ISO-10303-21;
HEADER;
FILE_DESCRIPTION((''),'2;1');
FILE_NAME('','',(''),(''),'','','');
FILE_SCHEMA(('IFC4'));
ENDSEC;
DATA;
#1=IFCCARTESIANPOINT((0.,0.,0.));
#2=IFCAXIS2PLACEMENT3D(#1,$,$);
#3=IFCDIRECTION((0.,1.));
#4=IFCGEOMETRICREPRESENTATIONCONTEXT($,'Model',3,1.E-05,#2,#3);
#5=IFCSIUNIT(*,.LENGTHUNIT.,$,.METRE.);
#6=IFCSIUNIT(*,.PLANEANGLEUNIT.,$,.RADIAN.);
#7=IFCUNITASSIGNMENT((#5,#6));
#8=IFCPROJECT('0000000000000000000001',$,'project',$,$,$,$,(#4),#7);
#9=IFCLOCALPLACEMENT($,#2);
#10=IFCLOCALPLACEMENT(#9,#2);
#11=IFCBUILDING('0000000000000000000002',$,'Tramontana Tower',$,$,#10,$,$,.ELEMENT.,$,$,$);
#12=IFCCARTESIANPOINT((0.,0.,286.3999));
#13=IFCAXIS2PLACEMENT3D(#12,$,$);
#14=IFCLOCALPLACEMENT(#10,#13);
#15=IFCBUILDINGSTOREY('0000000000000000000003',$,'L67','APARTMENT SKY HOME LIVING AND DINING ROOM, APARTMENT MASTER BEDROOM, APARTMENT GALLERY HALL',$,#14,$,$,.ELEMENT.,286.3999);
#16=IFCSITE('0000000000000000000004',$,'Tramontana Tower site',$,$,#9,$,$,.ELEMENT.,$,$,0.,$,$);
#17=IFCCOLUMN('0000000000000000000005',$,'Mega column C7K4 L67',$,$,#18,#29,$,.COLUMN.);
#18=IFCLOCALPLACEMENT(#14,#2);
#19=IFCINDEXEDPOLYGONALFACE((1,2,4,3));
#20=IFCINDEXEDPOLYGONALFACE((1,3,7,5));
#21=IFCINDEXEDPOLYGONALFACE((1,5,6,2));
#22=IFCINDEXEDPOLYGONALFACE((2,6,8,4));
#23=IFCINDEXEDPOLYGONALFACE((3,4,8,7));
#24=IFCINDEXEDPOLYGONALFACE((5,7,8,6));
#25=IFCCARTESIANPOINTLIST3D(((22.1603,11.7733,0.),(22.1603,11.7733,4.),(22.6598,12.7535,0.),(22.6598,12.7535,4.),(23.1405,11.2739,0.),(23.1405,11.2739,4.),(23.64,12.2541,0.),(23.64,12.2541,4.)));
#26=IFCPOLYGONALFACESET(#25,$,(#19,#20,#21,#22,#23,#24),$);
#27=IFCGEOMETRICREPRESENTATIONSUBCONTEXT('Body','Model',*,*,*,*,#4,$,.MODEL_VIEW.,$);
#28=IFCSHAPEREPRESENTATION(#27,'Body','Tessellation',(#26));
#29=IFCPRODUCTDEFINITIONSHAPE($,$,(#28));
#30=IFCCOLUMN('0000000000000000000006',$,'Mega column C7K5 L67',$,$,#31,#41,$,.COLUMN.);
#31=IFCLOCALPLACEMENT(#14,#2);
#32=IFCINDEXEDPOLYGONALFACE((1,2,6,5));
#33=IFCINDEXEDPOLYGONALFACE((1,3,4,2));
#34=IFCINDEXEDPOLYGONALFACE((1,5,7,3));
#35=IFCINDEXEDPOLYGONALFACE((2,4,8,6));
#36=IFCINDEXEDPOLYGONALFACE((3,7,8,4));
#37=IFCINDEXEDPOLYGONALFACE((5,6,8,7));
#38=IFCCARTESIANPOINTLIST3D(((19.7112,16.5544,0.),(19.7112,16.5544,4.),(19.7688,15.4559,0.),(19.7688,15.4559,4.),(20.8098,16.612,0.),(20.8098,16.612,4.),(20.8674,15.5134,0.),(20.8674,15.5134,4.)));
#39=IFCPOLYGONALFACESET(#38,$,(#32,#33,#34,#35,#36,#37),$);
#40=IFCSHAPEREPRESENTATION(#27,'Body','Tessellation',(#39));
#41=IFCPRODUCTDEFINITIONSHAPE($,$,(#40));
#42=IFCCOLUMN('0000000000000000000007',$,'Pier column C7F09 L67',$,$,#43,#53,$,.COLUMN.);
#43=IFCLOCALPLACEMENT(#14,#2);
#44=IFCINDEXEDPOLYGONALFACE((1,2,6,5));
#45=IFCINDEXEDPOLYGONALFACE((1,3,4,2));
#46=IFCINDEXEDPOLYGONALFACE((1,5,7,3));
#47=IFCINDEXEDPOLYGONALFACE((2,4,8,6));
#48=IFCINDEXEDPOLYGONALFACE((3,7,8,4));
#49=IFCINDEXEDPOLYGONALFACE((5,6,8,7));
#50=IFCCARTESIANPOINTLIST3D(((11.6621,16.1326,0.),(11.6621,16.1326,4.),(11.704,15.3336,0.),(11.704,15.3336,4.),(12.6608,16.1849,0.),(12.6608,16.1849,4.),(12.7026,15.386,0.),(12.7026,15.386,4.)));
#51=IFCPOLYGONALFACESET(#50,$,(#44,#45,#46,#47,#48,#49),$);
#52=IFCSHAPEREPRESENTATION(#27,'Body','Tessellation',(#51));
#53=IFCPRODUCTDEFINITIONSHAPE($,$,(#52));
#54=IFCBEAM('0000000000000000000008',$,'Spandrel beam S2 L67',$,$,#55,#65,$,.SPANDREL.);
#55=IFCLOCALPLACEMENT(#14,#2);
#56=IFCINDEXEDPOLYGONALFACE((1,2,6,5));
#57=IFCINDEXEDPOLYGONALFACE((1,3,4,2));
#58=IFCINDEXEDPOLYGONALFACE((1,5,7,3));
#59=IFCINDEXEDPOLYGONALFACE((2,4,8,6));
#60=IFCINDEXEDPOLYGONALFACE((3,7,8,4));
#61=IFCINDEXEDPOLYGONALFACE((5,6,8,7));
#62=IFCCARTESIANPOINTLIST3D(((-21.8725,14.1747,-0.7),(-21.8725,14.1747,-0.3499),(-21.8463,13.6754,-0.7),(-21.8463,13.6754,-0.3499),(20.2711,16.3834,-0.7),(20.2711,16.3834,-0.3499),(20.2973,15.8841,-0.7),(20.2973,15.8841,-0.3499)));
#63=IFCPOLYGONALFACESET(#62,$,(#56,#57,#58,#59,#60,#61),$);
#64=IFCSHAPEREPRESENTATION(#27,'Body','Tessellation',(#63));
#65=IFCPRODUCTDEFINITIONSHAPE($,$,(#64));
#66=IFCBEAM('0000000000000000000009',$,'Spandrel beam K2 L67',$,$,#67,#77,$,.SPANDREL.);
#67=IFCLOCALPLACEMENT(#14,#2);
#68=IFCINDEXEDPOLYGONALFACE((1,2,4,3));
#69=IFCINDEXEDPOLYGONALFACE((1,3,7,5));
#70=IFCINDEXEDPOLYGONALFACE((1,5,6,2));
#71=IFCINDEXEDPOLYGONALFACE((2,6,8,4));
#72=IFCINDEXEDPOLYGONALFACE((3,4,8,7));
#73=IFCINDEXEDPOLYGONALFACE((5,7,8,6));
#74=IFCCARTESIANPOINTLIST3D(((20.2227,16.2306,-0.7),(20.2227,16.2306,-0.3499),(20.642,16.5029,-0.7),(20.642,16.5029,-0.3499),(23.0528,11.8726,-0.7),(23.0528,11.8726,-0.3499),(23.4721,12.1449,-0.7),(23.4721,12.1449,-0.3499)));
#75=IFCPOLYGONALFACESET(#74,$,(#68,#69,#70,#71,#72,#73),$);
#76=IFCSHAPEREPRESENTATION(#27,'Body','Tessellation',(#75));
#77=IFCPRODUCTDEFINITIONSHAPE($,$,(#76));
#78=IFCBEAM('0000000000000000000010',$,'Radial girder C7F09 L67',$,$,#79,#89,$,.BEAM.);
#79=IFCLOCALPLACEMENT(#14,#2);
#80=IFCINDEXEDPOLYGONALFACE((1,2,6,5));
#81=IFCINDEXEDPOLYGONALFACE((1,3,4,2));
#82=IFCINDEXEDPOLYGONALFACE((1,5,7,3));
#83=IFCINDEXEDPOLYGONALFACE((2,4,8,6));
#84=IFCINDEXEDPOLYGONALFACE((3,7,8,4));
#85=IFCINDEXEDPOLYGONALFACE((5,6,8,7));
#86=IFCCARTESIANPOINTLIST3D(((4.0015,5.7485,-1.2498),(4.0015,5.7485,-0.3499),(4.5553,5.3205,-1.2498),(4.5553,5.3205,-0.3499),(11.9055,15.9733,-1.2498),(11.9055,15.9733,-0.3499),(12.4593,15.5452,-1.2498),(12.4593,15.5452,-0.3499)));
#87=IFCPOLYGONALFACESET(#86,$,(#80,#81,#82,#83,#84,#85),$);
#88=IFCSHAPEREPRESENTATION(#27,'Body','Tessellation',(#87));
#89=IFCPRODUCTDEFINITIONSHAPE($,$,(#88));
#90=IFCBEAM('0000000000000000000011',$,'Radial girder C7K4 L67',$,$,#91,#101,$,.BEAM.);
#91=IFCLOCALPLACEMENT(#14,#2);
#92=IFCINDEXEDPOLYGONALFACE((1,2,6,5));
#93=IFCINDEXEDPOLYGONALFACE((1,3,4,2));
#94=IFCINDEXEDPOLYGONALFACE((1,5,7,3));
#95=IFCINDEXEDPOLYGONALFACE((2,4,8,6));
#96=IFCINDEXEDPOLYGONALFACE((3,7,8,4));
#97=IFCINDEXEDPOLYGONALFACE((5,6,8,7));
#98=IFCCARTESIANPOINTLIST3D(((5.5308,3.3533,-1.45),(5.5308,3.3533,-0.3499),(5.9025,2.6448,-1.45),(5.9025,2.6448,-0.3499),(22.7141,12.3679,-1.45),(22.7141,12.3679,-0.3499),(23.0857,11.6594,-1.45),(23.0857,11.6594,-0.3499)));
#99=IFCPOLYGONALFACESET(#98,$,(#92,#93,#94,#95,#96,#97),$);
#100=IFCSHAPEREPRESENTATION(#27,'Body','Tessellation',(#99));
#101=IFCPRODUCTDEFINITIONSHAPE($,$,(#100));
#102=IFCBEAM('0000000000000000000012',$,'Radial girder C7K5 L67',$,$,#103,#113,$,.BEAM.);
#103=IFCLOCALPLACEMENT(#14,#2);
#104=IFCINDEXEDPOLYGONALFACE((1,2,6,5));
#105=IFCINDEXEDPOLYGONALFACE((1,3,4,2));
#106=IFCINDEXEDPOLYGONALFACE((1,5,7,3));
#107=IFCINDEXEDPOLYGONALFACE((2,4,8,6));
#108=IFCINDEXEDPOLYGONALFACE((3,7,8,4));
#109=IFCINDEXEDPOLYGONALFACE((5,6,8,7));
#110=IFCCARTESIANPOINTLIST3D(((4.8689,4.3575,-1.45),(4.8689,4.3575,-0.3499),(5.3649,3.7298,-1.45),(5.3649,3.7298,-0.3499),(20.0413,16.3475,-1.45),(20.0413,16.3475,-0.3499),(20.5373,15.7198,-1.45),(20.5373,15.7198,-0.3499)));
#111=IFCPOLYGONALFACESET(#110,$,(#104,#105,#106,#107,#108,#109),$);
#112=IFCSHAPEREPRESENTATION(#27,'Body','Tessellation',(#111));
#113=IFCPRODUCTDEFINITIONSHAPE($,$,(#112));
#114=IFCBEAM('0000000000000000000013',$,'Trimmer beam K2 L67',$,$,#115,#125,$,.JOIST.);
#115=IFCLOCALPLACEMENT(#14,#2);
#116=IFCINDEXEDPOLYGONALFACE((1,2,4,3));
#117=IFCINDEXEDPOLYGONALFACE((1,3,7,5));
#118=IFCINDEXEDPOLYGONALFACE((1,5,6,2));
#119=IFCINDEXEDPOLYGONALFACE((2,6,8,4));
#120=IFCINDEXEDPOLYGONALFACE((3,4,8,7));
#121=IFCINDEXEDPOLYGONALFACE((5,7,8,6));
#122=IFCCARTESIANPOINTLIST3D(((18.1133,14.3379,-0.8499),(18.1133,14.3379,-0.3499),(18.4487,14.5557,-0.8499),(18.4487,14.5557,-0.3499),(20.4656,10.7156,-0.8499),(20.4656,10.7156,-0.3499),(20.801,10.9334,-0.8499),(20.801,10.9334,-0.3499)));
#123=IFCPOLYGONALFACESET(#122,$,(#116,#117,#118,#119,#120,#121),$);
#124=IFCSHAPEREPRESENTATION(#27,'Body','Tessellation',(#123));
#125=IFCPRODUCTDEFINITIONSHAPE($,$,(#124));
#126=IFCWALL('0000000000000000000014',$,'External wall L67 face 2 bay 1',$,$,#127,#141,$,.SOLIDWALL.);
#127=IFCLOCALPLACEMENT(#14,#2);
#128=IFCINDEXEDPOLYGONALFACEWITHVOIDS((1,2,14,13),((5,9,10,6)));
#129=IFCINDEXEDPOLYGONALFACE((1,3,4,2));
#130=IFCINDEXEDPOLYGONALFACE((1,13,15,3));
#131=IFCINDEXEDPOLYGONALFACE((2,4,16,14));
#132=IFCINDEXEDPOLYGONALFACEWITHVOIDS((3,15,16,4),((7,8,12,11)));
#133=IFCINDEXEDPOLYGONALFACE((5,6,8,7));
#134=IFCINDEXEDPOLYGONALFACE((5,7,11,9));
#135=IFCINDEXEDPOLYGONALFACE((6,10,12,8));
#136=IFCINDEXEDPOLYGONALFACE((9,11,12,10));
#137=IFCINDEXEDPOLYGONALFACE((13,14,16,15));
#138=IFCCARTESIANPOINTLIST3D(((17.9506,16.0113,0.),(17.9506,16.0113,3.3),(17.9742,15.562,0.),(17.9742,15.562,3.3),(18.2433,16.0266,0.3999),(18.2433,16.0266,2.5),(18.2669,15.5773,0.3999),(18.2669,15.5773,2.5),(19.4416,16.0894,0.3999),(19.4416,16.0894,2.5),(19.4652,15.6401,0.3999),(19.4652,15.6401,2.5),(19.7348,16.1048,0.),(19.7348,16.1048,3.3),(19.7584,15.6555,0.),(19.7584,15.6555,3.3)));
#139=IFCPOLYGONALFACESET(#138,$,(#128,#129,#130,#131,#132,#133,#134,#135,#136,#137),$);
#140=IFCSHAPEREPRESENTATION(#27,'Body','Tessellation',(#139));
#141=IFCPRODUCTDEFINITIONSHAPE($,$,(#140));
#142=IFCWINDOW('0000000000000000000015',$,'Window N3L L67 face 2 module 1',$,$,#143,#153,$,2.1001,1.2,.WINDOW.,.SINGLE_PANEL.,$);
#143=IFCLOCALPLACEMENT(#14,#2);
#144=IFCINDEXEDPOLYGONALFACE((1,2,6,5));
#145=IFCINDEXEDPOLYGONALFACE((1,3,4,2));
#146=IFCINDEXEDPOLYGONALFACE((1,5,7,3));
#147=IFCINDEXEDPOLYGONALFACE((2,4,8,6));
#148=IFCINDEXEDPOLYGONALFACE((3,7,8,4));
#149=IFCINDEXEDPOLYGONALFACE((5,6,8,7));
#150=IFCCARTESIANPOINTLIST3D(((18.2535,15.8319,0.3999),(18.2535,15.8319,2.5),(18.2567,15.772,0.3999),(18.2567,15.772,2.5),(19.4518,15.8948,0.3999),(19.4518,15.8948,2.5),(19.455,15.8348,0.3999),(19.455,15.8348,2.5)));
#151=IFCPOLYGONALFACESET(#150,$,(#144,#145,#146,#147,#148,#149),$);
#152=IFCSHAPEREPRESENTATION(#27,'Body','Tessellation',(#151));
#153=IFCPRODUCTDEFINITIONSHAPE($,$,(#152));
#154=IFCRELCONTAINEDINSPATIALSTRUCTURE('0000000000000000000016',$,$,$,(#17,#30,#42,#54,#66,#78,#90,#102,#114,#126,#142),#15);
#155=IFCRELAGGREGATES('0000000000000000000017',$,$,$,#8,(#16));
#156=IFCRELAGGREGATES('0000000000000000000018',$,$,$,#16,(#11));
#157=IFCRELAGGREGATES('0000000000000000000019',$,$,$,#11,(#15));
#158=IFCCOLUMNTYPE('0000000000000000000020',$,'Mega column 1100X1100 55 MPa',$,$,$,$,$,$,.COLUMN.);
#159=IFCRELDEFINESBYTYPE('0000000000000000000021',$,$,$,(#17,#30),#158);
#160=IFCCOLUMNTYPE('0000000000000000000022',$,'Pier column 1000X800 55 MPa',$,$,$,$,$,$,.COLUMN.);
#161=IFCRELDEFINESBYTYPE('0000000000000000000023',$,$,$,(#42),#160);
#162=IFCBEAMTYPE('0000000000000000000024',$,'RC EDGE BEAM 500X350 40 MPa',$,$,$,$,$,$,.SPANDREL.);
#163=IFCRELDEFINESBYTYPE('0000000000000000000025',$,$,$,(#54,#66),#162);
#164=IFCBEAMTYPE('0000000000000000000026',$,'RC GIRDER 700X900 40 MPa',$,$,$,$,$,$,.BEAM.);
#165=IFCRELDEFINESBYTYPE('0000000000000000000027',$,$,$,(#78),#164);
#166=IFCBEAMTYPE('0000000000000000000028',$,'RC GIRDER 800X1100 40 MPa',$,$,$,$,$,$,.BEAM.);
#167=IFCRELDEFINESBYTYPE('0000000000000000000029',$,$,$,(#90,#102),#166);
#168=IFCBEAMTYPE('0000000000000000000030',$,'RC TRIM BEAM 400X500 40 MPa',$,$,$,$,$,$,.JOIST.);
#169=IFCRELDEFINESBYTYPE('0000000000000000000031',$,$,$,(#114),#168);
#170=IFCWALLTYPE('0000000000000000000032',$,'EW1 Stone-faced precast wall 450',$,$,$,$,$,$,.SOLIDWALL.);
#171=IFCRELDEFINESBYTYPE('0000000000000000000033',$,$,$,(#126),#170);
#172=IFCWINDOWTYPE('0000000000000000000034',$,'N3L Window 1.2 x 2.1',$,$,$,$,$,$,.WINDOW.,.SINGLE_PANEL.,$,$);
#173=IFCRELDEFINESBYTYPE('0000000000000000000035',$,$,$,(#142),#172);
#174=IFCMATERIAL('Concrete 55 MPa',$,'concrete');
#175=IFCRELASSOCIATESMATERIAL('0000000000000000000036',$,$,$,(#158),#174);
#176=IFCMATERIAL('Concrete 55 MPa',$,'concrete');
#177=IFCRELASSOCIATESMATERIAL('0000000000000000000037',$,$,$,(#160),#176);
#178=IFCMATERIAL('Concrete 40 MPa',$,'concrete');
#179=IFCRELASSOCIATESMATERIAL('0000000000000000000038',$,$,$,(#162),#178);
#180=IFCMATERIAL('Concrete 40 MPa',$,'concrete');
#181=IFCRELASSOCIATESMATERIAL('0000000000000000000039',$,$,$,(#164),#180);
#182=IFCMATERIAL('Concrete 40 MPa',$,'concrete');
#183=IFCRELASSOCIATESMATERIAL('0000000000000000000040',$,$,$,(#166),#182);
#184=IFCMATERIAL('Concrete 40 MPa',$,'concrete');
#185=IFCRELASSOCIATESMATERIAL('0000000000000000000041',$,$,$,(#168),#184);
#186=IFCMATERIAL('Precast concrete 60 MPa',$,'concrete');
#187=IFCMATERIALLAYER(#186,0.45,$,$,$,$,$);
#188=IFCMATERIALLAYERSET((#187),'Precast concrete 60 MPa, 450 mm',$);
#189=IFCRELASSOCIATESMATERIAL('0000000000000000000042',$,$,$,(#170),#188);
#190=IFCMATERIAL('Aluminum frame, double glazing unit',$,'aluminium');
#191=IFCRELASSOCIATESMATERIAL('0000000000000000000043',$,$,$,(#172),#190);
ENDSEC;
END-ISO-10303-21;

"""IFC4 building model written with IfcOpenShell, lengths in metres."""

from ifc_helpers import new_model, si_unit, direction, frame, frame_2d, origin, origin_2d, place, context, subcontext, project, spatial, rectangle, extrude, material, layer, layer_set, material_profile, profile_set, type_object, element, fill, save


model = new_model("IFC4")

# Units and contexts
model_context = context("Model", 3, precision=1e-05, world=origin(), true_north=direction((0.0, 1.0)))
body_context = subcontext(model_context, "Body", "Model", "MODEL_VIEW")
ifc_project = project(units=[si_unit("LENGTHUNIT", "METRE"), si_unit("PLANEANGLEUNIT", "RADIAN")], contexts=[model_context])

# Site, building, storey
site_placement = place(None, origin())
site = spatial("IfcSite", under=ifc_project, at=site_placement, Name="Tramontana Tower site", CompositionType="ELEMENT", RefElevation=0.0)
building_placement = place(site_placement, origin())
building = spatial("IfcBuilding", under=site, at=building_placement, Name="Tramontana Tower", CompositionType="ELEMENT")
storey_placement = place(building_placement, frame((0.0, 0.0, 286.3999)))
storey = spatial("IfcBuildingStorey", under=building, at=storey_placement, Name="L67", Description="APARTMENT SKY HOME LIVING AND DINING ROOM, APARTMENT MASTER BEDROOM, APARTMENT GALLERY HALL", CompositionType="ELEMENT", Elevation=286.3999)

# Columns
ifc_material_1 = material(Name="Concrete 55 MPa", Category="concrete")
ifc_material_profile_1 = material_profile(ifc_material_1, rectangle(XDim=1.1001, YDim=1.1001, at=origin_2d()), Name="Mega column 1100X1100 55 MPa")
ifc_profile_set_1 = profile_set([ifc_material_profile_1], Name="Concrete 55 MPa")
column_type_1 = type_object("IfcColumnType", Name="Mega column 1100X1100 55 MPa", PredefinedType="COLUMN", material=ifc_profile_set_1)
for number, where, z_axis, x_axis, name in (
    (1, (22.9001, 12.0137, 0.0), (0.0, 0.0, 1.0), (0.45399, 0.891007, 0.0), "Mega column C7K4 L67"),
    (2, (20.2893, 16.0339, 0.0), (0.0, 0.0, 1.0), (-0.99863, -0.052336, 0.0), "Mega column C7K5 L67"),
):
    element("IfcColumn", number, at=place(storey_placement, frame(where, z_axis=z_axis, x_axis=x_axis)), inside=storey, type_object=column_type_1, Name=name, PredefinedType="COLUMN", context=body_context, shape_type="SweptSolid", body=[
        extrude(rectangle(XDim=1.1001, YDim=1.1001, at=origin_2d()), origin(), (0.0, 0.0, 1.0), 4.0),
    ])
ifc_material_2 = material(Name="Concrete 55 MPa", Category="concrete")
ifc_material_profile_2 = material_profile(ifc_material_2, rectangle(XDim=1.0, YDim=0.8, at=origin_2d()), Name="Pier column 1000X800 55 MPa")
ifc_profile_set_2 = profile_set([ifc_material_profile_2], Name="Concrete 55 MPa")
column_type_2 = type_object("IfcColumnType", Name="Pier column 1000X800 55 MPa", PredefinedType="COLUMN", material=ifc_profile_set_2)
column_placement = place(storey_placement, frame((12.1824, 15.7593, 0.0), z_axis=(0.0, 0.0, 1.0), x_axis=(-0.99863, -0.052336, 0.0)))
element("IfcColumn", 3, at=column_placement, inside=storey, type_object=column_type_2, Name="Pier column C7F09 L67", PredefinedType="COLUMN", context=body_context, shape_type="SweptSolid", body=[
    extrude(rectangle(XDim=1.0, YDim=0.8, at=origin_2d()), origin(), (0.0, 0.0, 1.0), 4.0),
])

# Beams
ifc_material_3 = material(Name="Concrete 40 MPa", Category="concrete")
ifc_material_profile_3 = material_profile(ifc_material_3, rectangle(XDim=0.5, YDim=0.3501, at=origin_2d()), Name="RC EDGE BEAM 500X350 40 MPa")
ifc_profile_set_3 = profile_set([ifc_material_profile_3], Name="Concrete 40 MPa")
beam_type_1 = type_object("IfcBeamType", Name="RC EDGE BEAM 500X350 40 MPa", PredefinedType="SPANDREL", material=ifc_profile_set_3)
beam_1_placement = place(storey_placement, frame((20.2842, 16.1338, -0.5249), z_axis=(-0.998629, -0.052338, 0.0), x_axis=(0.052338, -0.998629, 0.0)))
element("IfcBeam", 4, at=beam_1_placement, inside=storey, type_object=beam_type_1, Name="Spandrel beam S2 L67", PredefinedType="SPANDREL", context=body_context, shape_type="SweptSolid", body=[
    extrude(rectangle(XDim=0.5, YDim=0.3501, at=origin_2d()), origin(), (0.0, 0.0, 1.0), 42.2014),
])
beam_2_placement = place(storey_placement, frame((23.2625, 12.0088, -0.5249), z_axis=(-0.544641, 0.838669, 0.0), x_axis=(-0.838669, -0.544641, 0.0)))
element("IfcBeam", 5, at=beam_2_placement, inside=storey, type_object=beam_type_1, Name="Spandrel beam K2 L67", PredefinedType="SPANDREL", context=body_context, shape_type="SweptSolid", body=[
    extrude(rectangle(XDim=0.5, YDim=0.3501, at=origin_2d()), origin(), (0.0, 0.0, 1.0), 5.1963),
])
ifc_material_4 = material(Name="Concrete 40 MPa", Category="concrete")
ifc_material_profile_4 = material_profile(ifc_material_4, rectangle(XDim=0.7, YDim=0.8999, at=origin_2d()), Name="RC GIRDER 700X900 40 MPa")
ifc_profile_set_4 = profile_set([ifc_material_profile_4], Name="Concrete 40 MPa")
beam_type_2 = type_object("IfcBeamType", Name="RC GIRDER 700X900 40 MPa", PredefinedType="BEAM", material=ifc_profile_set_4)
beam_3_placement = place(storey_placement, frame((12.1824, 15.7593, -0.7998), z_axis=(-0.611594, -0.791172, 0.0), x_axis=(0.791172, -0.611594, 0.0)))
element("IfcBeam", 6, at=beam_3_placement, inside=storey, type_object=beam_type_2, Name="Radial girder C7F09 L67", PredefinedType="BEAM", context=body_context, shape_type="SweptSolid", body=[
    extrude(rectangle(XDim=0.7, YDim=0.8999, at=origin_2d()), origin(), (0.0, 0.0, 1.0), 12.9236),
])
ifc_material_5 = material(Name="Concrete 40 MPa", Category="concrete")
ifc_material_profile_5 = material_profile(ifc_material_5, rectangle(XDim=0.8, YDim=1.1001, at=origin_2d()), Name="RC GIRDER 800X1100 40 MPa")
ifc_profile_set_5 = profile_set([ifc_material_profile_5], Name="Concrete 40 MPa")
beam_type_3 = type_object("IfcBeamType", Name="RC GIRDER 800X1100 40 MPa", PredefinedType="BEAM", material=ifc_profile_set_5)
beam_4_placement = place(storey_placement, frame((22.8999, 12.0137, -0.8999), z_axis=(-0.885538, -0.464567, 0.0), x_axis=(0.464567, -0.885538, 0.0)))
element("IfcBeam", 7, at=beam_4_placement, inside=storey, type_object=beam_type_3, Name="Radial girder C7K4 L67", PredefinedType="BEAM", context=body_context, shape_type="SweptSolid", body=[
    extrude(rectangle(XDim=0.8, YDim=1.1001, at=origin_2d()), origin(), (0.0, 0.0, 1.0), 19.4043),
])
beam_5_placement = place(storey_placement, frame((20.2893, 16.0337, -0.8999), z_axis=(-0.784586, -0.62002, 0.0), x_axis=(0.62002, -0.784586, 0.0)))
element("IfcBeam", 8, at=beam_5_placement, inside=storey, type_object=beam_type_3, Name="Radial girder C7K5 L67", PredefinedType="BEAM", context=body_context, shape_type="SweptSolid", body=[
    extrude(rectangle(XDim=0.8, YDim=1.1001, at=origin_2d()), origin(), (0.0, 0.0, 1.0), 19.3381),
])
ifc_material_6 = material(Name="Concrete 40 MPa", Category="concrete")
ifc_material_profile_6 = material_profile(ifc_material_6, rectangle(XDim=0.3999, YDim=0.5, at=origin_2d()), Name="RC TRIM BEAM 400X500 40 MPa")
ifc_profile_set_6 = profile_set([ifc_material_profile_6], Name="Concrete 40 MPa")
beam_type_4 = type_object("IfcBeamType", Name="RC TRIM BEAM 400X500 40 MPa", PredefinedType="JOIST", material=ifc_profile_set_6)
beam_6_placement = place(storey_placement, frame((20.6333, 10.8245, -0.5999), z_axis=(-0.544629, 0.838677, 0.0), x_axis=(-0.838677, -0.544629, 0.0)))
element("IfcBeam", 9, at=beam_6_placement, inside=storey, type_object=beam_type_4, Name="Trimmer beam K2 L67", PredefinedType="JOIST", context=body_context, shape_type="SweptSolid", body=[
    extrude(rectangle(XDim=0.3999, YDim=0.5, at=origin_2d()), origin(), (0.0, 0.0, 1.0), 4.3191),
])

# Wall, opening, window
ifc_material_7 = material(Name="Precast concrete 60 MPa", Category="concrete")
ifc_layer_1 = layer(ifc_material_7, 0.45)
ifc_layer_set_1 = layer_set([ifc_layer_1], Name="Precast concrete 60 MPa, 450 mm")
wall_type_1 = type_object("IfcWallType", Name="EW1 Stone-faced precast wall 450", PredefinedType="SOLIDWALL", material=ifc_layer_set_1)
wall_1_placement = place(storey_placement, frame((19.7466, 15.8801, 0.0), z_axis=(0.0, 0.0, 1.0), x_axis=(-0.99863, -0.052336, 0.0)))
wall_1 = element("IfcWall", 10, at=wall_1_placement, inside=storey, type_object=wall_type_1, Name="External wall L67 face 2 bay 1", PredefinedType="SOLIDWALL", context=body_context, shape_type="SweptSolid", body=[
    extrude(rectangle(XDim=1.7866, YDim=0.45, at=frame_2d((0.8933, 0.0))), origin(), (0.0, 0.0, 1.0), 3.3),
])
opening_1_placement = place(wall_1_placement, frame((0.2935, 0.0, 0.3999)))
opening_1 = element("IfcOpeningElement", 11, at=opening_1_placement, cuts=wall_1, PredefinedType="OPENING", context=body_context, shape_type="SweptSolid", body=[
    extrude(rectangle(XDim=1.2, YDim=2.1001, at=frame_2d((0.6001, 1.05))), frame((0.0, 0.2349, 0.0), z_axis=(0.0, -1.0, 0.0), x_axis=(1.0, 0.0, 0.0)), (0.0, 0.0, 1.0), 0.47),
])
ifc_material_8 = material(Name="Aluminum frame, double glazing unit", Category="aluminium")
window_type_1 = type_object("IfcWindowType", Name="N3L Window 1.2 x 2.1", PartitioningType="SINGLE_PANEL", PredefinedType="WINDOW", material=ifc_material_8)
window_1_placement = place(opening_1_placement, origin())
window_1 = element("IfcWindow", 12, at=window_1_placement, inside=storey, type_object=window_type_1, Name="Window N3L L67 face 2 module 1", OverallHeight=2.1001, OverallWidth=1.2, PartitioningType="SINGLE_PANEL", PredefinedType="WINDOW", context=body_context, shape_type="SweptSolid", body=[
    extrude(rectangle(XDim=1.2, YDim=2.1001, at=frame_2d((0.6001, 1.05))), frame((0.0, 0.03, 0.0), z_axis=(0.0, -1.0, 0.0), x_axis=(1.0, 0.0, 0.0)), (0.0, 0.0, 1.0), 0.0601),
])
fill(opening_1, window_1)

save(model, "model.ifc")
